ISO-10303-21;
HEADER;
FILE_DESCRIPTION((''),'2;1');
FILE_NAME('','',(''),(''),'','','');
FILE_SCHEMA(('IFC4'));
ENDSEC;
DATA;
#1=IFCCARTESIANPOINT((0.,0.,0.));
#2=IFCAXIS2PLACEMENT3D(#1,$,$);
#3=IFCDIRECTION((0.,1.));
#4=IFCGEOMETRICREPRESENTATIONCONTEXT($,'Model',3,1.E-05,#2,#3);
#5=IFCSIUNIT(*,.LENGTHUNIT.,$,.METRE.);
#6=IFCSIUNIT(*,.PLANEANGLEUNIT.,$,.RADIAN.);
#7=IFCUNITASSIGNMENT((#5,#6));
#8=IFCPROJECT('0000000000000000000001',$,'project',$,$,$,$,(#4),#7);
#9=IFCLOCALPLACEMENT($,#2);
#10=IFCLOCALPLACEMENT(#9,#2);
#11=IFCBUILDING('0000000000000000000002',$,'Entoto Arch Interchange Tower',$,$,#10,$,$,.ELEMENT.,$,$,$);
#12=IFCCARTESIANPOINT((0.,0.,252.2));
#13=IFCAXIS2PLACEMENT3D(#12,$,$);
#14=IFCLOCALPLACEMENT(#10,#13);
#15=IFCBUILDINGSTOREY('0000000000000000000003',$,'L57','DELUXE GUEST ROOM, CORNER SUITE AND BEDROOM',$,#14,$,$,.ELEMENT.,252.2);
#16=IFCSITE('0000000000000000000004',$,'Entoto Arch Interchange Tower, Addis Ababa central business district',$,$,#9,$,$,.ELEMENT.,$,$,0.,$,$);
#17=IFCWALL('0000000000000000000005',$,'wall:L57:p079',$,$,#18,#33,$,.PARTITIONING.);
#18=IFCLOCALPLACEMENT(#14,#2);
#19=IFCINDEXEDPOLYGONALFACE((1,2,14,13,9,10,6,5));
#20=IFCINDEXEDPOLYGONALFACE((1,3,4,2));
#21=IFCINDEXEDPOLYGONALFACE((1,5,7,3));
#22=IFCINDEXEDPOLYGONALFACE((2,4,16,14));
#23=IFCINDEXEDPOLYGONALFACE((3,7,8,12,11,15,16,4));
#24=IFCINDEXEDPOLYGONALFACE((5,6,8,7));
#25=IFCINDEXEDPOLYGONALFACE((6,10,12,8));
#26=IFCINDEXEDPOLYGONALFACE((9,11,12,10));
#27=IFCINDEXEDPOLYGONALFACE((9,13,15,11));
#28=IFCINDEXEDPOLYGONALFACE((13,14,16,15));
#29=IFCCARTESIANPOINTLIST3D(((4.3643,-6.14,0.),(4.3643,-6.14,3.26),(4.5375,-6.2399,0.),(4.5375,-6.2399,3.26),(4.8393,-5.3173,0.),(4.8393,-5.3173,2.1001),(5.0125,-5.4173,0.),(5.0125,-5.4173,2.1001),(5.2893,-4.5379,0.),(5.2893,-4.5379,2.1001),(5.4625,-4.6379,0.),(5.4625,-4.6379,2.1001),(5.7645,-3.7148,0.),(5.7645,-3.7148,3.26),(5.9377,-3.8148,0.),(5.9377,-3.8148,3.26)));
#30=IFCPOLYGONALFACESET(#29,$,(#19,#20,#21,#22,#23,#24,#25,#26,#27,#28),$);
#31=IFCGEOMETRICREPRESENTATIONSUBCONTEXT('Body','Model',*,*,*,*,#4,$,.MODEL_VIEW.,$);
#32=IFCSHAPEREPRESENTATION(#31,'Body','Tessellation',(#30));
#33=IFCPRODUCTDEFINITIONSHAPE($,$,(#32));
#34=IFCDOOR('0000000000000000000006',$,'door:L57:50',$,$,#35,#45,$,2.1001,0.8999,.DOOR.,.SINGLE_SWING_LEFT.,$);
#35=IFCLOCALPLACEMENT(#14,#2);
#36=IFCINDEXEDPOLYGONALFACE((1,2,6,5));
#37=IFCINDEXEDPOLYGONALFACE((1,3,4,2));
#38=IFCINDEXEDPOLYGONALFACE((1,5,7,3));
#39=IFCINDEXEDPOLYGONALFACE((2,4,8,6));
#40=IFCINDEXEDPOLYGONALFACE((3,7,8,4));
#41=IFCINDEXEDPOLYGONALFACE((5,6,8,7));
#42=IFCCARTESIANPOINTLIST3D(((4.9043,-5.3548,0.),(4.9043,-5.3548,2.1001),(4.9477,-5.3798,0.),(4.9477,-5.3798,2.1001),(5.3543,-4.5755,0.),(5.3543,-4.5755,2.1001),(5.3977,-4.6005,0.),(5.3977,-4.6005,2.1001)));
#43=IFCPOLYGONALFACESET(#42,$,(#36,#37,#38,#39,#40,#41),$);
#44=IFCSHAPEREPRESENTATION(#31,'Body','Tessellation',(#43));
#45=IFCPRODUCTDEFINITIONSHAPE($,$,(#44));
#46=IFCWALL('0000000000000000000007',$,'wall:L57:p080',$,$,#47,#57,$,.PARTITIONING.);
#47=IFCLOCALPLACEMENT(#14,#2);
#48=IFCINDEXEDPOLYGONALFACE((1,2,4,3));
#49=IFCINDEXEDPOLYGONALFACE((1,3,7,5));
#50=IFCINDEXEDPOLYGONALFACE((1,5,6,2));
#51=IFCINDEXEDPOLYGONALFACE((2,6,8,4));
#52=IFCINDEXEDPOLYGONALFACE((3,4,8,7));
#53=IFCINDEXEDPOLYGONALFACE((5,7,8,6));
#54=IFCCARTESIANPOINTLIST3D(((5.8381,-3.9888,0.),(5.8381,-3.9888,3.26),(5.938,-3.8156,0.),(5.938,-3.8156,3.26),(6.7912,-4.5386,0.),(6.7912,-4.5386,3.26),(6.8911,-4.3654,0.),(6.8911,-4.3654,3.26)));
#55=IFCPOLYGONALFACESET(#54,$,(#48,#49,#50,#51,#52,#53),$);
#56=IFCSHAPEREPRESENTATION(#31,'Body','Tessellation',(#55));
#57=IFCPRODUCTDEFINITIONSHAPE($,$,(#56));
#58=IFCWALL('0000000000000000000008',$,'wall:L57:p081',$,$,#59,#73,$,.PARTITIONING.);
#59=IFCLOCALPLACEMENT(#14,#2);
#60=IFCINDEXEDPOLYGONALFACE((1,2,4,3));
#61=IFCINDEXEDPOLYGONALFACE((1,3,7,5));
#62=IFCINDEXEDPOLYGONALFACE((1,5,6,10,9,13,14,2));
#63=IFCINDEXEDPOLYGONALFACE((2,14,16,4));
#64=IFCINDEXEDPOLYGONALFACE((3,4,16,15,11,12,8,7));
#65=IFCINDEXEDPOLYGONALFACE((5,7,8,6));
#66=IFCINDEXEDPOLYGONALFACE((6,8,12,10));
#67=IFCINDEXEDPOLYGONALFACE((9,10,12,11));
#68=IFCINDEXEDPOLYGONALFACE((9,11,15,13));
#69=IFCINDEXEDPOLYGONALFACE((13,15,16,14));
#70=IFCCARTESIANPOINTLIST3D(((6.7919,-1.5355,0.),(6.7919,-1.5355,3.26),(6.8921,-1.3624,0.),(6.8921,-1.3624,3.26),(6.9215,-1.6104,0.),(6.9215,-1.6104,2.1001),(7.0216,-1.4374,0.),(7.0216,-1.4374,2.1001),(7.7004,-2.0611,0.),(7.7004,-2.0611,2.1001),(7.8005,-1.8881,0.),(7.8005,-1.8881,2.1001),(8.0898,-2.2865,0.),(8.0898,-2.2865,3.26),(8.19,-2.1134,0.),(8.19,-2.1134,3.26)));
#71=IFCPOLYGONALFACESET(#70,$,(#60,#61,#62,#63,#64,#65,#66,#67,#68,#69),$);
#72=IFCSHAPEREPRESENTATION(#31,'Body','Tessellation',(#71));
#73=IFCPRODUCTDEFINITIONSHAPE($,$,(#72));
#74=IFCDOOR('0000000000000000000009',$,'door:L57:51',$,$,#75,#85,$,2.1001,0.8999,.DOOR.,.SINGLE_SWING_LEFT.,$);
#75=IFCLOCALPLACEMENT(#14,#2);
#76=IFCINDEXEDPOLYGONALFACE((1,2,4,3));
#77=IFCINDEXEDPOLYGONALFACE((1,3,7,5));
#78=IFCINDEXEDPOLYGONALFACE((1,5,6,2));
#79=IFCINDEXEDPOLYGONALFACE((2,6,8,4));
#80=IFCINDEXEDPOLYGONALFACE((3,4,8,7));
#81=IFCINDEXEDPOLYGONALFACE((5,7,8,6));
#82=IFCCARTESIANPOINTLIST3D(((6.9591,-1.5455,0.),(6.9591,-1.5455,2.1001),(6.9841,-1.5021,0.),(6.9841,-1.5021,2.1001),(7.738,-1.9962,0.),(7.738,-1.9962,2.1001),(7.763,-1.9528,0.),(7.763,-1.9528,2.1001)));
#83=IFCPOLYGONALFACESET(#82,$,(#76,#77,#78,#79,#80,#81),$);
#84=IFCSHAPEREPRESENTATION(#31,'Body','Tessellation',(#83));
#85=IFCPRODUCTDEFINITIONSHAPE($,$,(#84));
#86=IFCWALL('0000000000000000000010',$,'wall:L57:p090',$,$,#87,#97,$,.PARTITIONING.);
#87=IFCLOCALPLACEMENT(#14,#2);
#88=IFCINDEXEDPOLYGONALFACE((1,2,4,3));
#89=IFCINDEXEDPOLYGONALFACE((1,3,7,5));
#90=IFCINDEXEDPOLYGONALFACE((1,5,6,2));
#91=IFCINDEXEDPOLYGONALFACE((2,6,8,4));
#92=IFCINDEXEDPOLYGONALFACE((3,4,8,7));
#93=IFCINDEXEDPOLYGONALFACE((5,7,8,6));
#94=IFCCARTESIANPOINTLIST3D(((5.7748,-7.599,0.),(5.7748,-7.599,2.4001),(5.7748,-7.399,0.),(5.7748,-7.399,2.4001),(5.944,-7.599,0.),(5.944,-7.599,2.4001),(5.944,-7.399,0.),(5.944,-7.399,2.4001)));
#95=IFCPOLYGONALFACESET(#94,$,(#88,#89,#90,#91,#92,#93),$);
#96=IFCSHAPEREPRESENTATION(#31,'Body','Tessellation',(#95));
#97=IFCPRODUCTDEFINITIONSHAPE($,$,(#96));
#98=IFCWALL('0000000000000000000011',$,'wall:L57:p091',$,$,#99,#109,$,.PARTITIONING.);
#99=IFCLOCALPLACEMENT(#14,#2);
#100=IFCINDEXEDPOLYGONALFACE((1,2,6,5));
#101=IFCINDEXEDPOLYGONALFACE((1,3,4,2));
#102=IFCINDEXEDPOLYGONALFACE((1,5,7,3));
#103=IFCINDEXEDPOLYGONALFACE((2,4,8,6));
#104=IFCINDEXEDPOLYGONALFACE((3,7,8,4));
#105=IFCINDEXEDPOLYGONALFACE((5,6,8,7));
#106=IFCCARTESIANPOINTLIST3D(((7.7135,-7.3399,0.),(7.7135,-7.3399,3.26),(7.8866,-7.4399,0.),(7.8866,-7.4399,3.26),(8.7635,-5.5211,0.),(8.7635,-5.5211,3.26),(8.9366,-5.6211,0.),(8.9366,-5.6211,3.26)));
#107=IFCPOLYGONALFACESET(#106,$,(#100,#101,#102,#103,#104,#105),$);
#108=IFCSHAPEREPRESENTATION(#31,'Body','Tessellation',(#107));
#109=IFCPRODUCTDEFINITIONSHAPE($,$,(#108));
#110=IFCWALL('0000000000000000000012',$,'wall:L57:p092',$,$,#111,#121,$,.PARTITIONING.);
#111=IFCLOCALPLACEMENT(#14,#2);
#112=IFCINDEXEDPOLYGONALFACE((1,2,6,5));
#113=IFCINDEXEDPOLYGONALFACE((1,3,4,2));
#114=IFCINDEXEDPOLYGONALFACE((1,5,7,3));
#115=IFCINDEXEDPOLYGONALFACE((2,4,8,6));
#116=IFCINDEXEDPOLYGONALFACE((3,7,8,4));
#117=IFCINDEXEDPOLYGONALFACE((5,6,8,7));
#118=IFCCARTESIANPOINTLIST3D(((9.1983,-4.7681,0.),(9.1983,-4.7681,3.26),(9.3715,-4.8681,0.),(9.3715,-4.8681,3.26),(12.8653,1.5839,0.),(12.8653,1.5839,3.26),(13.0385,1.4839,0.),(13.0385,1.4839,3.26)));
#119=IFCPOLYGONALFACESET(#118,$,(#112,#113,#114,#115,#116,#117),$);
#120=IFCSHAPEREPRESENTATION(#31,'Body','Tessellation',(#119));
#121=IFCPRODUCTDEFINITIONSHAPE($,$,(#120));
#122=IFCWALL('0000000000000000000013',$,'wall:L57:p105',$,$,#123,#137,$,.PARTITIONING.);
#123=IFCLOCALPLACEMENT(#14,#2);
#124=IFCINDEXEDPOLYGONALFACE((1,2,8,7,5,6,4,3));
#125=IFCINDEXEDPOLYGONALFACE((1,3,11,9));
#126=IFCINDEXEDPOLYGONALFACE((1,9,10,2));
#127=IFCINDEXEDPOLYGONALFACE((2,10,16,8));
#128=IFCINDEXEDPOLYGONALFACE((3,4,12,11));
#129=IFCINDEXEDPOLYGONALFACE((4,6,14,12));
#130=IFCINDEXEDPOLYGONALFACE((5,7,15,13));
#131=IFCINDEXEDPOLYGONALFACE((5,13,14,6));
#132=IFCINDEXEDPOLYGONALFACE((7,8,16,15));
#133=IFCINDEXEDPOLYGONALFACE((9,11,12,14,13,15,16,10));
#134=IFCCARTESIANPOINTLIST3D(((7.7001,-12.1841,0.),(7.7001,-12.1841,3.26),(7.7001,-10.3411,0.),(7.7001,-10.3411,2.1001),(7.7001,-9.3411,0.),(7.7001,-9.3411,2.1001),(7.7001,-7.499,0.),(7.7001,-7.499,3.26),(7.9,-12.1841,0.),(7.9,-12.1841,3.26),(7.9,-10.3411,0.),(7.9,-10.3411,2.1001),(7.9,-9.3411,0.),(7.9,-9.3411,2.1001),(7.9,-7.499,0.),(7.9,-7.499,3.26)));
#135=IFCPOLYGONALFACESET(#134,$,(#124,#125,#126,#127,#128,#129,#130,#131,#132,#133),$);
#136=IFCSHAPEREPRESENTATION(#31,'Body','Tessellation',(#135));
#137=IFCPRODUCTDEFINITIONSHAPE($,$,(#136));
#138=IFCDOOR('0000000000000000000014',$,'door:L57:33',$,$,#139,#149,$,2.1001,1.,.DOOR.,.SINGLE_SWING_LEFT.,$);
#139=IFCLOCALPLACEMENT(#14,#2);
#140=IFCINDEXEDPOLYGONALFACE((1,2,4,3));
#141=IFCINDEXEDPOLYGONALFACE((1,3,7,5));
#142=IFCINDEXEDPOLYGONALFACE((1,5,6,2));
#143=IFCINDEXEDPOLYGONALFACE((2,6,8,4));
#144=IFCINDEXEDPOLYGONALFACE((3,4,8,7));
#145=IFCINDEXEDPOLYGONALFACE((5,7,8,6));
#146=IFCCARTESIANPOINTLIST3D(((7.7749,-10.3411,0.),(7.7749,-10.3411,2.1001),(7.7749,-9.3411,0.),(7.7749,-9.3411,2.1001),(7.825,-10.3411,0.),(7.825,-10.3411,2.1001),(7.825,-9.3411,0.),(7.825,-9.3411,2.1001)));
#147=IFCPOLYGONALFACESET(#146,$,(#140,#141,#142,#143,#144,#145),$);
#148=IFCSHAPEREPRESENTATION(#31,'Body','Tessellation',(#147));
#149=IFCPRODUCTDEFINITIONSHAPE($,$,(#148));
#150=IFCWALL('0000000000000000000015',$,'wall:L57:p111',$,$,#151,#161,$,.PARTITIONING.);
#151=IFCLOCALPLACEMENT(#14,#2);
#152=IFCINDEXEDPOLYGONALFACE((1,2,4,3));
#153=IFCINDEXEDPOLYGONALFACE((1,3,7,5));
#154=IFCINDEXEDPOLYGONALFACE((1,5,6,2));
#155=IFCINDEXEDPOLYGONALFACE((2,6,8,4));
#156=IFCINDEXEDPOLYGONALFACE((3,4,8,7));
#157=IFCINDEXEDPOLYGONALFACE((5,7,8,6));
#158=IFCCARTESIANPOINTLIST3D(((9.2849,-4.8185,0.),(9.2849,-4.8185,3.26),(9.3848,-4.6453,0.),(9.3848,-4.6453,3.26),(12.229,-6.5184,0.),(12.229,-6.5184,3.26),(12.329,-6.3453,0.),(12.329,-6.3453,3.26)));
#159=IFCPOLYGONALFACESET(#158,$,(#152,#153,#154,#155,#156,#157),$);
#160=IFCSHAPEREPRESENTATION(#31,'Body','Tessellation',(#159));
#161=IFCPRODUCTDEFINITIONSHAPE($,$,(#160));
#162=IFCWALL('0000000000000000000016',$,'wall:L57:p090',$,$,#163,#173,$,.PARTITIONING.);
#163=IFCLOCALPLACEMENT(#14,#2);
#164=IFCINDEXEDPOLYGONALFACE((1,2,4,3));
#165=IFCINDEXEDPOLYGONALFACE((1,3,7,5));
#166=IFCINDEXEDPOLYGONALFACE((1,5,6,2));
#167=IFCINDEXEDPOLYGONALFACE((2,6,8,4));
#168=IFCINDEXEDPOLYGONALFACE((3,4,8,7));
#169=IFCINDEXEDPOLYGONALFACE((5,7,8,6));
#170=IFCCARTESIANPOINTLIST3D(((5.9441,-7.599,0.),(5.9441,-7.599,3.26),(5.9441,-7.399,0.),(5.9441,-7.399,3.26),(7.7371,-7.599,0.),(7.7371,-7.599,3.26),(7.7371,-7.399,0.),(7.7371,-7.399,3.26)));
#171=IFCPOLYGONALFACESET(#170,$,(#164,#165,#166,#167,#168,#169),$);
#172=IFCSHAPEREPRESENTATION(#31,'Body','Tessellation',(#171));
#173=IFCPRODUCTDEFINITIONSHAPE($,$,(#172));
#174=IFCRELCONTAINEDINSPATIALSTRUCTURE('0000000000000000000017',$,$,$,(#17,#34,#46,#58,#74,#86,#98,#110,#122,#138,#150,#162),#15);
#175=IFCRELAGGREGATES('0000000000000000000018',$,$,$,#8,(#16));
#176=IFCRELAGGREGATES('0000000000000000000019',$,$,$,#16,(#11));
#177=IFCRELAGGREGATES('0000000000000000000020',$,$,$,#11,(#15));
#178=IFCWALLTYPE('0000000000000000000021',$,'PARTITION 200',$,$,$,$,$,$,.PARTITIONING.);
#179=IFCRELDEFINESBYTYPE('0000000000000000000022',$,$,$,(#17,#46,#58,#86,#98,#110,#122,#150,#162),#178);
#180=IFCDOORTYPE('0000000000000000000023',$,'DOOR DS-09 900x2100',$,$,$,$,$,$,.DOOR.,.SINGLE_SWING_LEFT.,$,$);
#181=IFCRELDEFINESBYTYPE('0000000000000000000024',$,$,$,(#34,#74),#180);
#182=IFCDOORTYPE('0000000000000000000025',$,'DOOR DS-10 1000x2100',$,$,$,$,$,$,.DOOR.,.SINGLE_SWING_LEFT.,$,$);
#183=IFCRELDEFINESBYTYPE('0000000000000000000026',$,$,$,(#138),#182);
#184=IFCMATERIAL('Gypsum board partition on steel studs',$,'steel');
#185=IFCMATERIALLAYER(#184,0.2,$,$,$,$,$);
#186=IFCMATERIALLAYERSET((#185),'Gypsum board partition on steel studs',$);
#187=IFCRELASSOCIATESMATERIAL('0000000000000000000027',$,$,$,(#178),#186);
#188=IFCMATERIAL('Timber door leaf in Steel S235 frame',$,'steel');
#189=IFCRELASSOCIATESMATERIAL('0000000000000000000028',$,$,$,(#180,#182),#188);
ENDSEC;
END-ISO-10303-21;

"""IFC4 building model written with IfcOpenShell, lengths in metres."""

from ifc_helpers import new_model, si_unit, direction, frame, frame_2d, origin, place, context, subcontext, project, spatial, rectangle, extrude, material, layer, layer_set, type_object, element, fill, save


model = new_model("IFC4")

# Units and contexts
model_context = context("Model", 3, precision=1e-05, world=origin(), true_north=direction((0.0, 1.0)))
body_context = subcontext(model_context, "Body", "Model", "MODEL_VIEW")
ifc_project = project(units=[si_unit("LENGTHUNIT", "METRE"), si_unit("PLANEANGLEUNIT", "RADIAN")], contexts=[model_context])

# Site, building, storey
site_placement = place(None, origin())
site = spatial("IfcSite", under=ifc_project, at=site_placement, Name="Entoto Arch Interchange Tower, Addis Ababa central business district", CompositionType="ELEMENT", RefElevation=0.0)
building_placement = place(site_placement, origin())
building = spatial("IfcBuilding", under=site, at=building_placement, Name="Entoto Arch Interchange Tower", CompositionType="ELEMENT")
storey_placement = place(building_placement, frame((0.0, 0.0, 252.2)))
storey = spatial("IfcBuildingStorey", under=building, at=storey_placement, Name="L57", Description="DELUXE GUEST ROOM, CORNER SUITE AND BEDROOM", CompositionType="ELEMENT", Elevation=252.2)

# Shared definitions
ifc_material_1 = material(Name="Gypsum board partition on steel studs", Category="steel")
ifc_layer_1 = layer(ifc_material_1, 0.2)
ifc_layer_set_1 = layer_set([ifc_layer_1], Name="Gypsum board partition on steel studs")
wall_type_1 = type_object("IfcWallType", Name="PARTITION 200", PredefinedType="PARTITIONING", material=ifc_layer_set_1)

# Wall, opening, door
wall_1_placement = place(storey_placement, frame((4.4509, -6.1899, 0.0), z_axis=(0.0, 0.0, 1.0), x_axis=(0.500012, 0.866019, 0.0)))
wall_1 = element("IfcWall", 1, at=wall_1_placement, inside=storey, type_object=wall_type_1, Name="wall:L57:p079", PredefinedType="PARTITIONING", context=body_context, shape_type="SweptSolid", body=[
    extrude(rectangle(XDim=2.8003, YDim=0.2, at=frame_2d((1.4001, 0.0))), origin(), (0.0, 0.0, 1.0), 3.26),
])
opening_1_placement = place(wall_1_placement, frame((0.95, 0.0, 0.0)))
opening_1 = element("IfcOpeningElement", 2, at=opening_1_placement, cuts=wall_1, PredefinedType="OPENING", context=body_context, shape_type="SweptSolid", body=[
    extrude(rectangle(XDim=0.8999, YDim=2.1001, at=frame_2d((0.45, 1.05))), frame((0.0, 0.1099, 0.0), z_axis=(0.0, -1.0, 0.0), x_axis=(1.0, 0.0, 0.0)), (0.0, 0.0, 1.0), 0.22),
])
ifc_material_2 = material(Name="Timber door leaf in Steel S235 frame", Category="steel")
door_type_1 = type_object("IfcDoorType", Name="DOOR DS-09 900x2100", OperationType="SINGLE_SWING_LEFT", PredefinedType="DOOR", material=ifc_material_2)
door_1_placement = place(opening_1_placement, origin())
door_1 = element("IfcDoor", 3, at=door_1_placement, inside=storey, type_object=door_type_1, Name="door:L57:50", OperationType="SINGLE_SWING_LEFT", OverallHeight=2.1001, OverallWidth=0.8999, PredefinedType="DOOR", context=body_context, shape_type="SweptSolid", body=[
    extrude(rectangle(XDim=0.8999, YDim=2.1001, at=frame_2d((0.45, 1.05))), frame((0.0, 0.0249, 0.0), z_axis=(0.0, -1.0, 0.0), x_axis=(1.0, 0.0, 0.0)), (0.0, 0.0, 1.0), 0.05),
])
fill(opening_1, door_1)

# Wall
wall_2_placement = place(storey_placement, frame((5.8879, -3.9021, 0.0), z_axis=(0.0, 0.0, 1.0), x_axis=(0.866215, -0.499671, 0.0)))
element("IfcWall", 4, at=wall_2_placement, inside=storey, type_object=wall_type_1, Name="wall:L57:p080", PredefinedType="PARTITIONING", context=body_context, shape_type="SweptSolid", body=[
    extrude(rectangle(XDim=1.1003, YDim=0.2, at=frame_2d((0.5503, 0.0))), origin(), (0.0, 0.0, 1.0), 3.26),
])

# Wall, opening, door
wall_3_placement = place(storey_placement, frame((8.1399, -2.2, 0.0), z_axis=(0.0, 0.0, 1.0), x_axis=(-0.865545, 0.500831, 0.0)))
wall_3 = element("IfcWall", 5, at=wall_3_placement, inside=storey, type_object=wall_type_1, Name="wall:L57:p081", PredefinedType="PARTITIONING", context=body_context, shape_type="SweptSolid", body=[
    extrude(rectangle(XDim=1.4995, YDim=0.2, at=frame_2d((0.7498, 0.0))), origin(), (0.0, 0.0, 1.0), 3.26),
])
opening_2_placement = place(wall_3_placement, frame((0.45, 0.0, 0.0)))
opening_2 = element("IfcOpeningElement", 6, at=opening_2_placement, cuts=wall_3, PredefinedType="OPENING", context=body_context, shape_type="SweptSolid", body=[
    extrude(rectangle(XDim=0.8999, YDim=2.1001, at=frame_2d((0.45, 1.05))), frame((0.0, 0.1099, 0.0), z_axis=(0.0, -1.0, 0.0), x_axis=(1.0, 0.0, 0.0)), (0.0, 0.0, 1.0), 0.22),
])
door_2_placement = place(opening_2_placement, origin())
door_2 = element("IfcDoor", 7, at=door_2_placement, inside=storey, type_object=door_type_1, Name="door:L57:51", OperationType="SINGLE_SWING_LEFT", OverallHeight=2.1001, OverallWidth=0.8999, PredefinedType="DOOR", context=body_context, shape_type="SweptSolid", body=[
    extrude(rectangle(XDim=0.8999, YDim=2.1001, at=frame_2d((0.45, 1.05))), frame((0.0, 0.0249, 0.0), z_axis=(0.0, -1.0, 0.0), x_axis=(1.0, 0.0, 0.0)), (0.0, 0.0, 1.0), 0.05),
])
fill(opening_2, door_2)

# Walls
wall_4_placement = place(storey_placement, frame((5.7749, -7.499, 0.0), z_axis=(0.0, 0.0, 1.0), x_axis=(1.0, 0.0, 0.0)))
element("IfcWall", 8, at=wall_4_placement, inside=storey, type_object=wall_type_1, Name="wall:L57:p090", PredefinedType="PARTITIONING", context=body_context, shape_type="SweptSolid", body=[
    extrude(rectangle(XDim=0.1692, YDim=0.2, at=frame_2d((0.0845, 0.0))), origin(), (0.0, 0.0, 1.0), 2.4001),
])
wall_5_placement = place(storey_placement, frame((7.8, -7.3899, 0.0), z_axis=(0.0, 0.0, 1.0), x_axis=(0.499977, 0.866038, 0.0)))
element("IfcWall", 9, at=wall_5_placement, inside=storey, type_object=wall_type_1, Name="wall:L57:p091", PredefinedType="PARTITIONING", context=body_context, shape_type="SweptSolid", body=[
    extrude(rectangle(XDim=2.1001, YDim=0.2, at=frame_2d((1.05, 0.0))), origin(), (0.0, 0.0, 1.0), 3.26),
])
wall_6_placement = place(storey_placement, frame((9.2849, -4.8181, 0.0), z_axis=(0.0, 0.0, 1.0), x_axis=(0.499963, 0.866047, 0.0)))
element("IfcWall", 10, at=wall_6_placement, inside=storey, type_object=wall_type_1, Name="wall:L57:p092", PredefinedType="PARTITIONING", context=body_context, shape_type="SweptSolid", body=[
    extrude(rectangle(XDim=7.3345, YDim=0.2, at=frame_2d((3.6672, 0.0))), origin(), (0.0, 0.0, 1.0), 3.26),
])

# Wall, opening, door
wall_7_placement = place(storey_placement, frame((7.8, -7.499, 0.0), z_axis=(0.0, 0.0, 1.0), x_axis=(0.0, -1.0, 0.0)))
wall_7 = element("IfcWall", 11, at=wall_7_placement, inside=storey, type_object=wall_type_1, Name="wall:L57:p105", PredefinedType="PARTITIONING", context=body_context, shape_type="SweptSolid", body=[
    extrude(rectangle(XDim=4.6851, YDim=0.2, at=frame_2d((2.3425, 0.0))), origin(), (0.0, 0.0, 1.0), 3.26),
])
opening_3_placement = place(wall_7_placement, frame((1.842, 0.0, 0.0)))
opening_3 = element("IfcOpeningElement", 12, at=opening_3_placement, cuts=wall_7, PredefinedType="OPENING", context=body_context, shape_type="SweptSolid", body=[
    extrude(rectangle(XDim=1.0, YDim=2.1001, at=frame_2d((0.5, 1.05))), frame((0.0, 0.1099, 0.0), z_axis=(0.0, -1.0, 0.0), x_axis=(1.0, 0.0, 0.0)), (0.0, 0.0, 1.0), 0.22),
])
door_type_2 = type_object("IfcDoorType", Name="DOOR DS-10 1000x2100", OperationType="SINGLE_SWING_LEFT", PredefinedType="DOOR", material=ifc_material_2)
door_3_placement = place(opening_3_placement, origin())
door_3 = element("IfcDoor", 13, at=door_3_placement, inside=storey, type_object=door_type_2, Name="door:L57:33", OperationType="SINGLE_SWING_LEFT", OverallHeight=2.1001, OverallWidth=1.0, PredefinedType="DOOR", context=body_context, shape_type="SweptSolid", body=[
    extrude(rectangle(XDim=1.0, YDim=2.1001, at=frame_2d((0.5, 1.05))), frame((0.0, 0.0249, 0.0), z_axis=(0.0, -1.0, 0.0), x_axis=(1.0, 0.0, 0.0)), (0.0, 0.0, 1.0), 0.05),
])
fill(opening_3, door_3)

# Walls
wall_8_placement = place(storey_placement, frame((9.335, -4.7319, 0.0), z_axis=(0.0, 0.0, 1.0), x_axis=(0.866003, -0.500039, 0.0)))
element("IfcWall", 14, at=wall_8_placement, inside=storey, type_object=wall_type_1, Name="wall:L57:p111", PredefinedType="PARTITIONING", context=body_context, shape_type="SweptSolid", body=[
    extrude(rectangle(XDim=3.3997, YDim=0.2, at=frame_2d((1.6997, 0.0))), origin(), (0.0, 0.0, 1.0), 3.26),
])
wall_9_placement = place(storey_placement, frame((5.9441, -7.499, 0.0), z_axis=(0.0, 0.0, 1.0), x_axis=(1.0, 0.0, 0.0)))
element("IfcWall", 15, at=wall_9_placement, inside=storey, type_object=wall_type_1, Name="wall:L57:p090", PredefinedType="PARTITIONING", context=body_context, shape_type="SweptSolid", body=[
    extrude(rectangle(XDim=1.793, YDim=0.2, at=frame_2d((0.8965, 0.0))), origin(), (0.0, 0.0, 1.0), 3.26),
])

save(model, "model.ifc")
